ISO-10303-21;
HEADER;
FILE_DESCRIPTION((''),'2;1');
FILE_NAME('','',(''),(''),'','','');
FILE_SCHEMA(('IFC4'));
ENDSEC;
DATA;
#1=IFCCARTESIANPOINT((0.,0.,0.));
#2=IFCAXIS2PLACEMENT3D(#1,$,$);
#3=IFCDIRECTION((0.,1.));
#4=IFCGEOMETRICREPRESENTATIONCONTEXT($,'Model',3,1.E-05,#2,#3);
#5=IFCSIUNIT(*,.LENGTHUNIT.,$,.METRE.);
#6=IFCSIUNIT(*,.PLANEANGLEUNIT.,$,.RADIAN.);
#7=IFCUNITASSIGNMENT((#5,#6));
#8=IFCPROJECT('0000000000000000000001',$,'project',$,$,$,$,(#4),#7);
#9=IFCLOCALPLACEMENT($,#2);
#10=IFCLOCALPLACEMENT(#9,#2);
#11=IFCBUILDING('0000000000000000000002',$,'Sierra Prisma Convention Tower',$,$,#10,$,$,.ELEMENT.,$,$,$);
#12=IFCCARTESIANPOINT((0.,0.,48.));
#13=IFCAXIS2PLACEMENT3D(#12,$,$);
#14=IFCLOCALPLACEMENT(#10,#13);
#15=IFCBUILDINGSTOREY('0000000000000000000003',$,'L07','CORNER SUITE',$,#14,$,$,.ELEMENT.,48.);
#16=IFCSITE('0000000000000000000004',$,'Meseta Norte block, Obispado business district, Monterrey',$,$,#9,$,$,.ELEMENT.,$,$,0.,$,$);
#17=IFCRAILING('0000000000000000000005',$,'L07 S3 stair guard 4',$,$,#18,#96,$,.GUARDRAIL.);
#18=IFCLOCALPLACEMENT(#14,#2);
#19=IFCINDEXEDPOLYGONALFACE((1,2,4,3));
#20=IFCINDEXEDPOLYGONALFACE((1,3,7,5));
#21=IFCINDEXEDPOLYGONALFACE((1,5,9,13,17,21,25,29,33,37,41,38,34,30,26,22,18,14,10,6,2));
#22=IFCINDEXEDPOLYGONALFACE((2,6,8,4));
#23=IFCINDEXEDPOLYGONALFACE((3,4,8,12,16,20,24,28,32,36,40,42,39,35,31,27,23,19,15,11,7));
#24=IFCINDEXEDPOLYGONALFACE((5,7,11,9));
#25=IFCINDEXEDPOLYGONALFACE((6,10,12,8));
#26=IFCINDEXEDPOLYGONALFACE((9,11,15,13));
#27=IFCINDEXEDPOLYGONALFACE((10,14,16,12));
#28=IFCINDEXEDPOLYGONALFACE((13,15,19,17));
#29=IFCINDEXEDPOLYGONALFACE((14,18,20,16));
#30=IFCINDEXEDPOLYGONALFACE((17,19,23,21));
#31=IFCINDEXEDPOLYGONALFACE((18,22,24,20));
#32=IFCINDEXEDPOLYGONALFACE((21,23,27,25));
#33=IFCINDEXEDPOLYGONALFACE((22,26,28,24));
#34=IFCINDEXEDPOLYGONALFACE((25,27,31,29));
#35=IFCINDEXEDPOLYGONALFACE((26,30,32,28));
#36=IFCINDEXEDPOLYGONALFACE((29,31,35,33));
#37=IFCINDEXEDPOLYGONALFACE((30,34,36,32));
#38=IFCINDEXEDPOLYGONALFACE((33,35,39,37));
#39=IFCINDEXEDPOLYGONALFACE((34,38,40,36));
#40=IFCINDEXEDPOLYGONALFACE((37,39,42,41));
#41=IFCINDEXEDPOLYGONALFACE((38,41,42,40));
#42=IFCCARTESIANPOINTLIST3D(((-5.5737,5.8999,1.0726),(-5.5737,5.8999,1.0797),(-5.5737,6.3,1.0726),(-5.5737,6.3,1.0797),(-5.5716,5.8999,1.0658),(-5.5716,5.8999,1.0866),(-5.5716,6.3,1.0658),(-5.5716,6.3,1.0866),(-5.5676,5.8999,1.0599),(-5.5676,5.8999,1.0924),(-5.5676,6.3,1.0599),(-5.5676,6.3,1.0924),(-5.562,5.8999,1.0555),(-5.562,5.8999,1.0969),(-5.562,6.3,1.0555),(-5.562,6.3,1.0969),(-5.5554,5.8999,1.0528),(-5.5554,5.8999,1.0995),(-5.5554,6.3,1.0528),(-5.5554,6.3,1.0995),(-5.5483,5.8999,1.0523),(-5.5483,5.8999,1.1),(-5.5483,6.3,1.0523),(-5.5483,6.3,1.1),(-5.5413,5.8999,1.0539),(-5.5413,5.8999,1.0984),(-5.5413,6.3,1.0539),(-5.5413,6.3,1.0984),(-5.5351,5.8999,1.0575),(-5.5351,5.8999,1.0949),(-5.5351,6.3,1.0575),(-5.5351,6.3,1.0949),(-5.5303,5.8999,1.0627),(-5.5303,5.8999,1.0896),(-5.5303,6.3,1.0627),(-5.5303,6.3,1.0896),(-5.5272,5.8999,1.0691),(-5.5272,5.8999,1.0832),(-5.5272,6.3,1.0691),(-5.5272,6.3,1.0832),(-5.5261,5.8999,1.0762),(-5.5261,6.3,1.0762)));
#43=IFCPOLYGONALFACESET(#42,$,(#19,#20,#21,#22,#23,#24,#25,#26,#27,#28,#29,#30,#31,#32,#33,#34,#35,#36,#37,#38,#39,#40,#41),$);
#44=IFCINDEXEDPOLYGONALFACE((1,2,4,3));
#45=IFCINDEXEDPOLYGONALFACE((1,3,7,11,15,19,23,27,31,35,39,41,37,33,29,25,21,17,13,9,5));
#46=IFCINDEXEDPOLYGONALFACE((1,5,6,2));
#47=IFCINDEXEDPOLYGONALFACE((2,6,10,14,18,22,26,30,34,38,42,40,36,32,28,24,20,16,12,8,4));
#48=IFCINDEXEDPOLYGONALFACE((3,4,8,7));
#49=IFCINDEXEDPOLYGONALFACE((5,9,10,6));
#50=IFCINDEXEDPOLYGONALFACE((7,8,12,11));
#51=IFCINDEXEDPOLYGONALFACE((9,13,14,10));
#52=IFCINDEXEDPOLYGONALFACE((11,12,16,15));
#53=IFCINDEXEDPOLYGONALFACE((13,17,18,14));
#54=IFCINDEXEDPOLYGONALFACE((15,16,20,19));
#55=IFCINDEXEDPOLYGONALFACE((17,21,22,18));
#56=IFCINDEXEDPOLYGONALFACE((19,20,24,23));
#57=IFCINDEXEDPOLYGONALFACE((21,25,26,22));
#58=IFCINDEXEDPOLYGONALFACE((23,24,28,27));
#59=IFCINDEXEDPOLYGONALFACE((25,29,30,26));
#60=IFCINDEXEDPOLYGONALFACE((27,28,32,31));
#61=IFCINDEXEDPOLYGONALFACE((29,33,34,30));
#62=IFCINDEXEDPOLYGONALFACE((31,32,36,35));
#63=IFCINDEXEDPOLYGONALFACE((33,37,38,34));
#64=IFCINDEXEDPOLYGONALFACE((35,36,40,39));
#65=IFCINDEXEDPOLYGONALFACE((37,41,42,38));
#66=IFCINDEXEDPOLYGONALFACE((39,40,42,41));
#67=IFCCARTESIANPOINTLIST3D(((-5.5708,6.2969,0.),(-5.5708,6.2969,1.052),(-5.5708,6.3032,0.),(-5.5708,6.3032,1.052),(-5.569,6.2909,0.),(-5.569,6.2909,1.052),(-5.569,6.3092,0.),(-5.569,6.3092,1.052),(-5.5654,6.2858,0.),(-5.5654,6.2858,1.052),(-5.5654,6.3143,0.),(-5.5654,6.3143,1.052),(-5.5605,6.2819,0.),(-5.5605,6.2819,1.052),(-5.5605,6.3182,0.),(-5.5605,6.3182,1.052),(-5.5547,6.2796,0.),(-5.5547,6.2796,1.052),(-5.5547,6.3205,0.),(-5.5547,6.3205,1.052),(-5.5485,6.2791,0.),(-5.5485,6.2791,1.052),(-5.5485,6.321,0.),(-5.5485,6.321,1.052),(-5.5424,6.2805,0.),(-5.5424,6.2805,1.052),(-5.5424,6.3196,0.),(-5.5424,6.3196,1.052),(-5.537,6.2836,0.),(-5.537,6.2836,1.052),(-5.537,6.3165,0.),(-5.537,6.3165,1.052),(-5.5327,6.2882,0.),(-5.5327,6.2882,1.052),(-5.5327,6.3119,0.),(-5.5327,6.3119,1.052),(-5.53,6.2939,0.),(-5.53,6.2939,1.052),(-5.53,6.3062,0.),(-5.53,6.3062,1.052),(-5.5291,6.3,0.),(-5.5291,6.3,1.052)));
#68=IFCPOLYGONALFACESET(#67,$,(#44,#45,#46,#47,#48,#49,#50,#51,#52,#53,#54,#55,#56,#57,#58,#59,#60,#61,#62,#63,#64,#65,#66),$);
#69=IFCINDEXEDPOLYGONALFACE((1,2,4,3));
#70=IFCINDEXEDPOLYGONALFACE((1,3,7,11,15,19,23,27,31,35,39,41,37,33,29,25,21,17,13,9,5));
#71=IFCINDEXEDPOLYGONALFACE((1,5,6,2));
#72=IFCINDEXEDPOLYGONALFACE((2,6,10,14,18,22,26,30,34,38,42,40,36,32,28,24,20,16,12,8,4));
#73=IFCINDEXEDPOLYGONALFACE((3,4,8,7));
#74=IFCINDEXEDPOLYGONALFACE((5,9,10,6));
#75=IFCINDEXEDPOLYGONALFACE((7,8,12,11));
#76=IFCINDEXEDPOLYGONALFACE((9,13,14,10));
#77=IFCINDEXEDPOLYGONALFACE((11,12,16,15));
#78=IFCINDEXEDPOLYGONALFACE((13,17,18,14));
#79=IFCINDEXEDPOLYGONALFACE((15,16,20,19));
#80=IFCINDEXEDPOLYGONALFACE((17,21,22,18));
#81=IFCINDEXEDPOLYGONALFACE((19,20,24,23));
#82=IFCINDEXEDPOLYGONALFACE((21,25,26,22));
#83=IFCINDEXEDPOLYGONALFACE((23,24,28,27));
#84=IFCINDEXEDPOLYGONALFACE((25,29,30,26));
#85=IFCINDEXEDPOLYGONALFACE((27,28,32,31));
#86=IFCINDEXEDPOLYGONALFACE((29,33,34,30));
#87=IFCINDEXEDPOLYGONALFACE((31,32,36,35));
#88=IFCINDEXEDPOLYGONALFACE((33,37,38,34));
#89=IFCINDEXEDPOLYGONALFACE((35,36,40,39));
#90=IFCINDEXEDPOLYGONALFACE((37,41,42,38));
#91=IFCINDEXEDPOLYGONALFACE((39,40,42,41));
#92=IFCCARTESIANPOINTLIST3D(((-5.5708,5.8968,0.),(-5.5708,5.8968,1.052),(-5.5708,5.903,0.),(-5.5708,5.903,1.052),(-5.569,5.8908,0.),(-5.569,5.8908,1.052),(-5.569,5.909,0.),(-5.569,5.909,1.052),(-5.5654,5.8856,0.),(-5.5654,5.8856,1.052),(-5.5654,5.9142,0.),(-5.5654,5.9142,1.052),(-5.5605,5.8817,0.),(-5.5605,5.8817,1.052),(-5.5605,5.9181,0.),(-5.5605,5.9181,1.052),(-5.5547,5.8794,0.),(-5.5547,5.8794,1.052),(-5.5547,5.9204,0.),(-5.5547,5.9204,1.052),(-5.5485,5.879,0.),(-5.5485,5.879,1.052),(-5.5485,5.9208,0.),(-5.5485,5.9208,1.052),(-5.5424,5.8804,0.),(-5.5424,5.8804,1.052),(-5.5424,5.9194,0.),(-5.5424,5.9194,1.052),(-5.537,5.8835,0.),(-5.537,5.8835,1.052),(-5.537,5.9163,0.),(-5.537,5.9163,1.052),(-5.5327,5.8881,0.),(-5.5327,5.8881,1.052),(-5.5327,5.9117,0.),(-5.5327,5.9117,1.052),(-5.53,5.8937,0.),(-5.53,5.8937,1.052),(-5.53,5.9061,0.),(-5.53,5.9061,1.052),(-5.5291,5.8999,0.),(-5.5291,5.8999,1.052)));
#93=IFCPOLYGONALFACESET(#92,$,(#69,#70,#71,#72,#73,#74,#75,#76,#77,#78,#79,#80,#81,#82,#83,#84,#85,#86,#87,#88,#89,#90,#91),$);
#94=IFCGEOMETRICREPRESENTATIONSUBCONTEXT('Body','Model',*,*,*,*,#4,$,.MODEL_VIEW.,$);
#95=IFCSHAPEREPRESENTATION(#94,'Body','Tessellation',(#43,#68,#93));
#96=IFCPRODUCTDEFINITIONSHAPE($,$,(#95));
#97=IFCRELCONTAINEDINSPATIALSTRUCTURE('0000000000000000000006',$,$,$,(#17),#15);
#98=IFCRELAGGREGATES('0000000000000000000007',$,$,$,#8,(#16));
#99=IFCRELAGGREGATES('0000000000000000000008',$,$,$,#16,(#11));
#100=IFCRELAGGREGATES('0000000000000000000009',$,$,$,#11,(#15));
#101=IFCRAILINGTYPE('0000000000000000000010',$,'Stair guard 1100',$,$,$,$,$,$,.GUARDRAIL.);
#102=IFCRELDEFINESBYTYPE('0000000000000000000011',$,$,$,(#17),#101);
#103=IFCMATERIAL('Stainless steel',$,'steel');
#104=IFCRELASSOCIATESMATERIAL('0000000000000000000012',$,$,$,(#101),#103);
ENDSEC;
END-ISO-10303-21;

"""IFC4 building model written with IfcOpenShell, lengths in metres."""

from ifc_helpers import new_model, si_unit, direction, frame, origin, origin_2d, place, context, subcontext, project, spatial, circle, extrude, material, type_object, element, save


model = new_model("IFC4")

# Units and contexts
model_context = context("Model", 3, precision=1e-05, world=origin(), true_north=direction((0.0, 1.0)))
body_context = subcontext(model_context, "Body", "Model", "MODEL_VIEW")
ifc_project = project(units=[si_unit("LENGTHUNIT", "METRE"), si_unit("PLANEANGLEUNIT", "RADIAN")], contexts=[model_context])

# Site, building, storey
site_placement = place(None, origin())
site = spatial("IfcSite", under=ifc_project, at=site_placement, Name="Meseta Norte block, Obispado business district, Monterrey", CompositionType="ELEMENT", RefElevation=0.0)
building_placement = place(site_placement, origin())
building = spatial("IfcBuilding", under=site, at=building_placement, Name="Sierra Prisma Convention Tower", CompositionType="ELEMENT")
storey_placement = place(building_placement, frame((0.0, 0.0, 48.0)))
storey = spatial("IfcBuildingStorey", under=building, at=storey_placement, Name="L07", Description="CORNER SUITE", CompositionType="ELEMENT", Elevation=48.0)

# Railing
ifc_material_1 = material(Name="Stainless steel", Category="steel")
railing_type_1 = type_object("IfcRailingType", Name="Stair guard 1100", PredefinedType="GUARDRAIL", material=ifc_material_1)
railing_1_placement = place(storey_placement, frame((-5.55, 6.3, 0.0)))
element("IfcRailing", 1, at=railing_1_placement, inside=storey, type_object=railing_type_1, Name="L07 S3 stair guard 4", PredefinedType="GUARDRAIL", context=body_context, shape_type="SweptSolid", body=[
    extrude(circle(Radius=0.0239, at=origin_2d()), frame((0.0, 0.0, 1.0762), z_axis=(0.0, -1.0, 0.0), x_axis=(1.0, 0.0, 0.0)), (0.0, 0.0, 1.0), 0.4001),
    extrude(circle(Radius=0.021, at=origin_2d()), origin(), (0.0, 0.0, 1.0), 1.052),
    extrude(circle(Radius=0.021, at=origin_2d()), frame((0.0, -0.4001, 0.0)), (0.0, 0.0, 1.0), 1.052),
])

save(model, "model.ifc")
